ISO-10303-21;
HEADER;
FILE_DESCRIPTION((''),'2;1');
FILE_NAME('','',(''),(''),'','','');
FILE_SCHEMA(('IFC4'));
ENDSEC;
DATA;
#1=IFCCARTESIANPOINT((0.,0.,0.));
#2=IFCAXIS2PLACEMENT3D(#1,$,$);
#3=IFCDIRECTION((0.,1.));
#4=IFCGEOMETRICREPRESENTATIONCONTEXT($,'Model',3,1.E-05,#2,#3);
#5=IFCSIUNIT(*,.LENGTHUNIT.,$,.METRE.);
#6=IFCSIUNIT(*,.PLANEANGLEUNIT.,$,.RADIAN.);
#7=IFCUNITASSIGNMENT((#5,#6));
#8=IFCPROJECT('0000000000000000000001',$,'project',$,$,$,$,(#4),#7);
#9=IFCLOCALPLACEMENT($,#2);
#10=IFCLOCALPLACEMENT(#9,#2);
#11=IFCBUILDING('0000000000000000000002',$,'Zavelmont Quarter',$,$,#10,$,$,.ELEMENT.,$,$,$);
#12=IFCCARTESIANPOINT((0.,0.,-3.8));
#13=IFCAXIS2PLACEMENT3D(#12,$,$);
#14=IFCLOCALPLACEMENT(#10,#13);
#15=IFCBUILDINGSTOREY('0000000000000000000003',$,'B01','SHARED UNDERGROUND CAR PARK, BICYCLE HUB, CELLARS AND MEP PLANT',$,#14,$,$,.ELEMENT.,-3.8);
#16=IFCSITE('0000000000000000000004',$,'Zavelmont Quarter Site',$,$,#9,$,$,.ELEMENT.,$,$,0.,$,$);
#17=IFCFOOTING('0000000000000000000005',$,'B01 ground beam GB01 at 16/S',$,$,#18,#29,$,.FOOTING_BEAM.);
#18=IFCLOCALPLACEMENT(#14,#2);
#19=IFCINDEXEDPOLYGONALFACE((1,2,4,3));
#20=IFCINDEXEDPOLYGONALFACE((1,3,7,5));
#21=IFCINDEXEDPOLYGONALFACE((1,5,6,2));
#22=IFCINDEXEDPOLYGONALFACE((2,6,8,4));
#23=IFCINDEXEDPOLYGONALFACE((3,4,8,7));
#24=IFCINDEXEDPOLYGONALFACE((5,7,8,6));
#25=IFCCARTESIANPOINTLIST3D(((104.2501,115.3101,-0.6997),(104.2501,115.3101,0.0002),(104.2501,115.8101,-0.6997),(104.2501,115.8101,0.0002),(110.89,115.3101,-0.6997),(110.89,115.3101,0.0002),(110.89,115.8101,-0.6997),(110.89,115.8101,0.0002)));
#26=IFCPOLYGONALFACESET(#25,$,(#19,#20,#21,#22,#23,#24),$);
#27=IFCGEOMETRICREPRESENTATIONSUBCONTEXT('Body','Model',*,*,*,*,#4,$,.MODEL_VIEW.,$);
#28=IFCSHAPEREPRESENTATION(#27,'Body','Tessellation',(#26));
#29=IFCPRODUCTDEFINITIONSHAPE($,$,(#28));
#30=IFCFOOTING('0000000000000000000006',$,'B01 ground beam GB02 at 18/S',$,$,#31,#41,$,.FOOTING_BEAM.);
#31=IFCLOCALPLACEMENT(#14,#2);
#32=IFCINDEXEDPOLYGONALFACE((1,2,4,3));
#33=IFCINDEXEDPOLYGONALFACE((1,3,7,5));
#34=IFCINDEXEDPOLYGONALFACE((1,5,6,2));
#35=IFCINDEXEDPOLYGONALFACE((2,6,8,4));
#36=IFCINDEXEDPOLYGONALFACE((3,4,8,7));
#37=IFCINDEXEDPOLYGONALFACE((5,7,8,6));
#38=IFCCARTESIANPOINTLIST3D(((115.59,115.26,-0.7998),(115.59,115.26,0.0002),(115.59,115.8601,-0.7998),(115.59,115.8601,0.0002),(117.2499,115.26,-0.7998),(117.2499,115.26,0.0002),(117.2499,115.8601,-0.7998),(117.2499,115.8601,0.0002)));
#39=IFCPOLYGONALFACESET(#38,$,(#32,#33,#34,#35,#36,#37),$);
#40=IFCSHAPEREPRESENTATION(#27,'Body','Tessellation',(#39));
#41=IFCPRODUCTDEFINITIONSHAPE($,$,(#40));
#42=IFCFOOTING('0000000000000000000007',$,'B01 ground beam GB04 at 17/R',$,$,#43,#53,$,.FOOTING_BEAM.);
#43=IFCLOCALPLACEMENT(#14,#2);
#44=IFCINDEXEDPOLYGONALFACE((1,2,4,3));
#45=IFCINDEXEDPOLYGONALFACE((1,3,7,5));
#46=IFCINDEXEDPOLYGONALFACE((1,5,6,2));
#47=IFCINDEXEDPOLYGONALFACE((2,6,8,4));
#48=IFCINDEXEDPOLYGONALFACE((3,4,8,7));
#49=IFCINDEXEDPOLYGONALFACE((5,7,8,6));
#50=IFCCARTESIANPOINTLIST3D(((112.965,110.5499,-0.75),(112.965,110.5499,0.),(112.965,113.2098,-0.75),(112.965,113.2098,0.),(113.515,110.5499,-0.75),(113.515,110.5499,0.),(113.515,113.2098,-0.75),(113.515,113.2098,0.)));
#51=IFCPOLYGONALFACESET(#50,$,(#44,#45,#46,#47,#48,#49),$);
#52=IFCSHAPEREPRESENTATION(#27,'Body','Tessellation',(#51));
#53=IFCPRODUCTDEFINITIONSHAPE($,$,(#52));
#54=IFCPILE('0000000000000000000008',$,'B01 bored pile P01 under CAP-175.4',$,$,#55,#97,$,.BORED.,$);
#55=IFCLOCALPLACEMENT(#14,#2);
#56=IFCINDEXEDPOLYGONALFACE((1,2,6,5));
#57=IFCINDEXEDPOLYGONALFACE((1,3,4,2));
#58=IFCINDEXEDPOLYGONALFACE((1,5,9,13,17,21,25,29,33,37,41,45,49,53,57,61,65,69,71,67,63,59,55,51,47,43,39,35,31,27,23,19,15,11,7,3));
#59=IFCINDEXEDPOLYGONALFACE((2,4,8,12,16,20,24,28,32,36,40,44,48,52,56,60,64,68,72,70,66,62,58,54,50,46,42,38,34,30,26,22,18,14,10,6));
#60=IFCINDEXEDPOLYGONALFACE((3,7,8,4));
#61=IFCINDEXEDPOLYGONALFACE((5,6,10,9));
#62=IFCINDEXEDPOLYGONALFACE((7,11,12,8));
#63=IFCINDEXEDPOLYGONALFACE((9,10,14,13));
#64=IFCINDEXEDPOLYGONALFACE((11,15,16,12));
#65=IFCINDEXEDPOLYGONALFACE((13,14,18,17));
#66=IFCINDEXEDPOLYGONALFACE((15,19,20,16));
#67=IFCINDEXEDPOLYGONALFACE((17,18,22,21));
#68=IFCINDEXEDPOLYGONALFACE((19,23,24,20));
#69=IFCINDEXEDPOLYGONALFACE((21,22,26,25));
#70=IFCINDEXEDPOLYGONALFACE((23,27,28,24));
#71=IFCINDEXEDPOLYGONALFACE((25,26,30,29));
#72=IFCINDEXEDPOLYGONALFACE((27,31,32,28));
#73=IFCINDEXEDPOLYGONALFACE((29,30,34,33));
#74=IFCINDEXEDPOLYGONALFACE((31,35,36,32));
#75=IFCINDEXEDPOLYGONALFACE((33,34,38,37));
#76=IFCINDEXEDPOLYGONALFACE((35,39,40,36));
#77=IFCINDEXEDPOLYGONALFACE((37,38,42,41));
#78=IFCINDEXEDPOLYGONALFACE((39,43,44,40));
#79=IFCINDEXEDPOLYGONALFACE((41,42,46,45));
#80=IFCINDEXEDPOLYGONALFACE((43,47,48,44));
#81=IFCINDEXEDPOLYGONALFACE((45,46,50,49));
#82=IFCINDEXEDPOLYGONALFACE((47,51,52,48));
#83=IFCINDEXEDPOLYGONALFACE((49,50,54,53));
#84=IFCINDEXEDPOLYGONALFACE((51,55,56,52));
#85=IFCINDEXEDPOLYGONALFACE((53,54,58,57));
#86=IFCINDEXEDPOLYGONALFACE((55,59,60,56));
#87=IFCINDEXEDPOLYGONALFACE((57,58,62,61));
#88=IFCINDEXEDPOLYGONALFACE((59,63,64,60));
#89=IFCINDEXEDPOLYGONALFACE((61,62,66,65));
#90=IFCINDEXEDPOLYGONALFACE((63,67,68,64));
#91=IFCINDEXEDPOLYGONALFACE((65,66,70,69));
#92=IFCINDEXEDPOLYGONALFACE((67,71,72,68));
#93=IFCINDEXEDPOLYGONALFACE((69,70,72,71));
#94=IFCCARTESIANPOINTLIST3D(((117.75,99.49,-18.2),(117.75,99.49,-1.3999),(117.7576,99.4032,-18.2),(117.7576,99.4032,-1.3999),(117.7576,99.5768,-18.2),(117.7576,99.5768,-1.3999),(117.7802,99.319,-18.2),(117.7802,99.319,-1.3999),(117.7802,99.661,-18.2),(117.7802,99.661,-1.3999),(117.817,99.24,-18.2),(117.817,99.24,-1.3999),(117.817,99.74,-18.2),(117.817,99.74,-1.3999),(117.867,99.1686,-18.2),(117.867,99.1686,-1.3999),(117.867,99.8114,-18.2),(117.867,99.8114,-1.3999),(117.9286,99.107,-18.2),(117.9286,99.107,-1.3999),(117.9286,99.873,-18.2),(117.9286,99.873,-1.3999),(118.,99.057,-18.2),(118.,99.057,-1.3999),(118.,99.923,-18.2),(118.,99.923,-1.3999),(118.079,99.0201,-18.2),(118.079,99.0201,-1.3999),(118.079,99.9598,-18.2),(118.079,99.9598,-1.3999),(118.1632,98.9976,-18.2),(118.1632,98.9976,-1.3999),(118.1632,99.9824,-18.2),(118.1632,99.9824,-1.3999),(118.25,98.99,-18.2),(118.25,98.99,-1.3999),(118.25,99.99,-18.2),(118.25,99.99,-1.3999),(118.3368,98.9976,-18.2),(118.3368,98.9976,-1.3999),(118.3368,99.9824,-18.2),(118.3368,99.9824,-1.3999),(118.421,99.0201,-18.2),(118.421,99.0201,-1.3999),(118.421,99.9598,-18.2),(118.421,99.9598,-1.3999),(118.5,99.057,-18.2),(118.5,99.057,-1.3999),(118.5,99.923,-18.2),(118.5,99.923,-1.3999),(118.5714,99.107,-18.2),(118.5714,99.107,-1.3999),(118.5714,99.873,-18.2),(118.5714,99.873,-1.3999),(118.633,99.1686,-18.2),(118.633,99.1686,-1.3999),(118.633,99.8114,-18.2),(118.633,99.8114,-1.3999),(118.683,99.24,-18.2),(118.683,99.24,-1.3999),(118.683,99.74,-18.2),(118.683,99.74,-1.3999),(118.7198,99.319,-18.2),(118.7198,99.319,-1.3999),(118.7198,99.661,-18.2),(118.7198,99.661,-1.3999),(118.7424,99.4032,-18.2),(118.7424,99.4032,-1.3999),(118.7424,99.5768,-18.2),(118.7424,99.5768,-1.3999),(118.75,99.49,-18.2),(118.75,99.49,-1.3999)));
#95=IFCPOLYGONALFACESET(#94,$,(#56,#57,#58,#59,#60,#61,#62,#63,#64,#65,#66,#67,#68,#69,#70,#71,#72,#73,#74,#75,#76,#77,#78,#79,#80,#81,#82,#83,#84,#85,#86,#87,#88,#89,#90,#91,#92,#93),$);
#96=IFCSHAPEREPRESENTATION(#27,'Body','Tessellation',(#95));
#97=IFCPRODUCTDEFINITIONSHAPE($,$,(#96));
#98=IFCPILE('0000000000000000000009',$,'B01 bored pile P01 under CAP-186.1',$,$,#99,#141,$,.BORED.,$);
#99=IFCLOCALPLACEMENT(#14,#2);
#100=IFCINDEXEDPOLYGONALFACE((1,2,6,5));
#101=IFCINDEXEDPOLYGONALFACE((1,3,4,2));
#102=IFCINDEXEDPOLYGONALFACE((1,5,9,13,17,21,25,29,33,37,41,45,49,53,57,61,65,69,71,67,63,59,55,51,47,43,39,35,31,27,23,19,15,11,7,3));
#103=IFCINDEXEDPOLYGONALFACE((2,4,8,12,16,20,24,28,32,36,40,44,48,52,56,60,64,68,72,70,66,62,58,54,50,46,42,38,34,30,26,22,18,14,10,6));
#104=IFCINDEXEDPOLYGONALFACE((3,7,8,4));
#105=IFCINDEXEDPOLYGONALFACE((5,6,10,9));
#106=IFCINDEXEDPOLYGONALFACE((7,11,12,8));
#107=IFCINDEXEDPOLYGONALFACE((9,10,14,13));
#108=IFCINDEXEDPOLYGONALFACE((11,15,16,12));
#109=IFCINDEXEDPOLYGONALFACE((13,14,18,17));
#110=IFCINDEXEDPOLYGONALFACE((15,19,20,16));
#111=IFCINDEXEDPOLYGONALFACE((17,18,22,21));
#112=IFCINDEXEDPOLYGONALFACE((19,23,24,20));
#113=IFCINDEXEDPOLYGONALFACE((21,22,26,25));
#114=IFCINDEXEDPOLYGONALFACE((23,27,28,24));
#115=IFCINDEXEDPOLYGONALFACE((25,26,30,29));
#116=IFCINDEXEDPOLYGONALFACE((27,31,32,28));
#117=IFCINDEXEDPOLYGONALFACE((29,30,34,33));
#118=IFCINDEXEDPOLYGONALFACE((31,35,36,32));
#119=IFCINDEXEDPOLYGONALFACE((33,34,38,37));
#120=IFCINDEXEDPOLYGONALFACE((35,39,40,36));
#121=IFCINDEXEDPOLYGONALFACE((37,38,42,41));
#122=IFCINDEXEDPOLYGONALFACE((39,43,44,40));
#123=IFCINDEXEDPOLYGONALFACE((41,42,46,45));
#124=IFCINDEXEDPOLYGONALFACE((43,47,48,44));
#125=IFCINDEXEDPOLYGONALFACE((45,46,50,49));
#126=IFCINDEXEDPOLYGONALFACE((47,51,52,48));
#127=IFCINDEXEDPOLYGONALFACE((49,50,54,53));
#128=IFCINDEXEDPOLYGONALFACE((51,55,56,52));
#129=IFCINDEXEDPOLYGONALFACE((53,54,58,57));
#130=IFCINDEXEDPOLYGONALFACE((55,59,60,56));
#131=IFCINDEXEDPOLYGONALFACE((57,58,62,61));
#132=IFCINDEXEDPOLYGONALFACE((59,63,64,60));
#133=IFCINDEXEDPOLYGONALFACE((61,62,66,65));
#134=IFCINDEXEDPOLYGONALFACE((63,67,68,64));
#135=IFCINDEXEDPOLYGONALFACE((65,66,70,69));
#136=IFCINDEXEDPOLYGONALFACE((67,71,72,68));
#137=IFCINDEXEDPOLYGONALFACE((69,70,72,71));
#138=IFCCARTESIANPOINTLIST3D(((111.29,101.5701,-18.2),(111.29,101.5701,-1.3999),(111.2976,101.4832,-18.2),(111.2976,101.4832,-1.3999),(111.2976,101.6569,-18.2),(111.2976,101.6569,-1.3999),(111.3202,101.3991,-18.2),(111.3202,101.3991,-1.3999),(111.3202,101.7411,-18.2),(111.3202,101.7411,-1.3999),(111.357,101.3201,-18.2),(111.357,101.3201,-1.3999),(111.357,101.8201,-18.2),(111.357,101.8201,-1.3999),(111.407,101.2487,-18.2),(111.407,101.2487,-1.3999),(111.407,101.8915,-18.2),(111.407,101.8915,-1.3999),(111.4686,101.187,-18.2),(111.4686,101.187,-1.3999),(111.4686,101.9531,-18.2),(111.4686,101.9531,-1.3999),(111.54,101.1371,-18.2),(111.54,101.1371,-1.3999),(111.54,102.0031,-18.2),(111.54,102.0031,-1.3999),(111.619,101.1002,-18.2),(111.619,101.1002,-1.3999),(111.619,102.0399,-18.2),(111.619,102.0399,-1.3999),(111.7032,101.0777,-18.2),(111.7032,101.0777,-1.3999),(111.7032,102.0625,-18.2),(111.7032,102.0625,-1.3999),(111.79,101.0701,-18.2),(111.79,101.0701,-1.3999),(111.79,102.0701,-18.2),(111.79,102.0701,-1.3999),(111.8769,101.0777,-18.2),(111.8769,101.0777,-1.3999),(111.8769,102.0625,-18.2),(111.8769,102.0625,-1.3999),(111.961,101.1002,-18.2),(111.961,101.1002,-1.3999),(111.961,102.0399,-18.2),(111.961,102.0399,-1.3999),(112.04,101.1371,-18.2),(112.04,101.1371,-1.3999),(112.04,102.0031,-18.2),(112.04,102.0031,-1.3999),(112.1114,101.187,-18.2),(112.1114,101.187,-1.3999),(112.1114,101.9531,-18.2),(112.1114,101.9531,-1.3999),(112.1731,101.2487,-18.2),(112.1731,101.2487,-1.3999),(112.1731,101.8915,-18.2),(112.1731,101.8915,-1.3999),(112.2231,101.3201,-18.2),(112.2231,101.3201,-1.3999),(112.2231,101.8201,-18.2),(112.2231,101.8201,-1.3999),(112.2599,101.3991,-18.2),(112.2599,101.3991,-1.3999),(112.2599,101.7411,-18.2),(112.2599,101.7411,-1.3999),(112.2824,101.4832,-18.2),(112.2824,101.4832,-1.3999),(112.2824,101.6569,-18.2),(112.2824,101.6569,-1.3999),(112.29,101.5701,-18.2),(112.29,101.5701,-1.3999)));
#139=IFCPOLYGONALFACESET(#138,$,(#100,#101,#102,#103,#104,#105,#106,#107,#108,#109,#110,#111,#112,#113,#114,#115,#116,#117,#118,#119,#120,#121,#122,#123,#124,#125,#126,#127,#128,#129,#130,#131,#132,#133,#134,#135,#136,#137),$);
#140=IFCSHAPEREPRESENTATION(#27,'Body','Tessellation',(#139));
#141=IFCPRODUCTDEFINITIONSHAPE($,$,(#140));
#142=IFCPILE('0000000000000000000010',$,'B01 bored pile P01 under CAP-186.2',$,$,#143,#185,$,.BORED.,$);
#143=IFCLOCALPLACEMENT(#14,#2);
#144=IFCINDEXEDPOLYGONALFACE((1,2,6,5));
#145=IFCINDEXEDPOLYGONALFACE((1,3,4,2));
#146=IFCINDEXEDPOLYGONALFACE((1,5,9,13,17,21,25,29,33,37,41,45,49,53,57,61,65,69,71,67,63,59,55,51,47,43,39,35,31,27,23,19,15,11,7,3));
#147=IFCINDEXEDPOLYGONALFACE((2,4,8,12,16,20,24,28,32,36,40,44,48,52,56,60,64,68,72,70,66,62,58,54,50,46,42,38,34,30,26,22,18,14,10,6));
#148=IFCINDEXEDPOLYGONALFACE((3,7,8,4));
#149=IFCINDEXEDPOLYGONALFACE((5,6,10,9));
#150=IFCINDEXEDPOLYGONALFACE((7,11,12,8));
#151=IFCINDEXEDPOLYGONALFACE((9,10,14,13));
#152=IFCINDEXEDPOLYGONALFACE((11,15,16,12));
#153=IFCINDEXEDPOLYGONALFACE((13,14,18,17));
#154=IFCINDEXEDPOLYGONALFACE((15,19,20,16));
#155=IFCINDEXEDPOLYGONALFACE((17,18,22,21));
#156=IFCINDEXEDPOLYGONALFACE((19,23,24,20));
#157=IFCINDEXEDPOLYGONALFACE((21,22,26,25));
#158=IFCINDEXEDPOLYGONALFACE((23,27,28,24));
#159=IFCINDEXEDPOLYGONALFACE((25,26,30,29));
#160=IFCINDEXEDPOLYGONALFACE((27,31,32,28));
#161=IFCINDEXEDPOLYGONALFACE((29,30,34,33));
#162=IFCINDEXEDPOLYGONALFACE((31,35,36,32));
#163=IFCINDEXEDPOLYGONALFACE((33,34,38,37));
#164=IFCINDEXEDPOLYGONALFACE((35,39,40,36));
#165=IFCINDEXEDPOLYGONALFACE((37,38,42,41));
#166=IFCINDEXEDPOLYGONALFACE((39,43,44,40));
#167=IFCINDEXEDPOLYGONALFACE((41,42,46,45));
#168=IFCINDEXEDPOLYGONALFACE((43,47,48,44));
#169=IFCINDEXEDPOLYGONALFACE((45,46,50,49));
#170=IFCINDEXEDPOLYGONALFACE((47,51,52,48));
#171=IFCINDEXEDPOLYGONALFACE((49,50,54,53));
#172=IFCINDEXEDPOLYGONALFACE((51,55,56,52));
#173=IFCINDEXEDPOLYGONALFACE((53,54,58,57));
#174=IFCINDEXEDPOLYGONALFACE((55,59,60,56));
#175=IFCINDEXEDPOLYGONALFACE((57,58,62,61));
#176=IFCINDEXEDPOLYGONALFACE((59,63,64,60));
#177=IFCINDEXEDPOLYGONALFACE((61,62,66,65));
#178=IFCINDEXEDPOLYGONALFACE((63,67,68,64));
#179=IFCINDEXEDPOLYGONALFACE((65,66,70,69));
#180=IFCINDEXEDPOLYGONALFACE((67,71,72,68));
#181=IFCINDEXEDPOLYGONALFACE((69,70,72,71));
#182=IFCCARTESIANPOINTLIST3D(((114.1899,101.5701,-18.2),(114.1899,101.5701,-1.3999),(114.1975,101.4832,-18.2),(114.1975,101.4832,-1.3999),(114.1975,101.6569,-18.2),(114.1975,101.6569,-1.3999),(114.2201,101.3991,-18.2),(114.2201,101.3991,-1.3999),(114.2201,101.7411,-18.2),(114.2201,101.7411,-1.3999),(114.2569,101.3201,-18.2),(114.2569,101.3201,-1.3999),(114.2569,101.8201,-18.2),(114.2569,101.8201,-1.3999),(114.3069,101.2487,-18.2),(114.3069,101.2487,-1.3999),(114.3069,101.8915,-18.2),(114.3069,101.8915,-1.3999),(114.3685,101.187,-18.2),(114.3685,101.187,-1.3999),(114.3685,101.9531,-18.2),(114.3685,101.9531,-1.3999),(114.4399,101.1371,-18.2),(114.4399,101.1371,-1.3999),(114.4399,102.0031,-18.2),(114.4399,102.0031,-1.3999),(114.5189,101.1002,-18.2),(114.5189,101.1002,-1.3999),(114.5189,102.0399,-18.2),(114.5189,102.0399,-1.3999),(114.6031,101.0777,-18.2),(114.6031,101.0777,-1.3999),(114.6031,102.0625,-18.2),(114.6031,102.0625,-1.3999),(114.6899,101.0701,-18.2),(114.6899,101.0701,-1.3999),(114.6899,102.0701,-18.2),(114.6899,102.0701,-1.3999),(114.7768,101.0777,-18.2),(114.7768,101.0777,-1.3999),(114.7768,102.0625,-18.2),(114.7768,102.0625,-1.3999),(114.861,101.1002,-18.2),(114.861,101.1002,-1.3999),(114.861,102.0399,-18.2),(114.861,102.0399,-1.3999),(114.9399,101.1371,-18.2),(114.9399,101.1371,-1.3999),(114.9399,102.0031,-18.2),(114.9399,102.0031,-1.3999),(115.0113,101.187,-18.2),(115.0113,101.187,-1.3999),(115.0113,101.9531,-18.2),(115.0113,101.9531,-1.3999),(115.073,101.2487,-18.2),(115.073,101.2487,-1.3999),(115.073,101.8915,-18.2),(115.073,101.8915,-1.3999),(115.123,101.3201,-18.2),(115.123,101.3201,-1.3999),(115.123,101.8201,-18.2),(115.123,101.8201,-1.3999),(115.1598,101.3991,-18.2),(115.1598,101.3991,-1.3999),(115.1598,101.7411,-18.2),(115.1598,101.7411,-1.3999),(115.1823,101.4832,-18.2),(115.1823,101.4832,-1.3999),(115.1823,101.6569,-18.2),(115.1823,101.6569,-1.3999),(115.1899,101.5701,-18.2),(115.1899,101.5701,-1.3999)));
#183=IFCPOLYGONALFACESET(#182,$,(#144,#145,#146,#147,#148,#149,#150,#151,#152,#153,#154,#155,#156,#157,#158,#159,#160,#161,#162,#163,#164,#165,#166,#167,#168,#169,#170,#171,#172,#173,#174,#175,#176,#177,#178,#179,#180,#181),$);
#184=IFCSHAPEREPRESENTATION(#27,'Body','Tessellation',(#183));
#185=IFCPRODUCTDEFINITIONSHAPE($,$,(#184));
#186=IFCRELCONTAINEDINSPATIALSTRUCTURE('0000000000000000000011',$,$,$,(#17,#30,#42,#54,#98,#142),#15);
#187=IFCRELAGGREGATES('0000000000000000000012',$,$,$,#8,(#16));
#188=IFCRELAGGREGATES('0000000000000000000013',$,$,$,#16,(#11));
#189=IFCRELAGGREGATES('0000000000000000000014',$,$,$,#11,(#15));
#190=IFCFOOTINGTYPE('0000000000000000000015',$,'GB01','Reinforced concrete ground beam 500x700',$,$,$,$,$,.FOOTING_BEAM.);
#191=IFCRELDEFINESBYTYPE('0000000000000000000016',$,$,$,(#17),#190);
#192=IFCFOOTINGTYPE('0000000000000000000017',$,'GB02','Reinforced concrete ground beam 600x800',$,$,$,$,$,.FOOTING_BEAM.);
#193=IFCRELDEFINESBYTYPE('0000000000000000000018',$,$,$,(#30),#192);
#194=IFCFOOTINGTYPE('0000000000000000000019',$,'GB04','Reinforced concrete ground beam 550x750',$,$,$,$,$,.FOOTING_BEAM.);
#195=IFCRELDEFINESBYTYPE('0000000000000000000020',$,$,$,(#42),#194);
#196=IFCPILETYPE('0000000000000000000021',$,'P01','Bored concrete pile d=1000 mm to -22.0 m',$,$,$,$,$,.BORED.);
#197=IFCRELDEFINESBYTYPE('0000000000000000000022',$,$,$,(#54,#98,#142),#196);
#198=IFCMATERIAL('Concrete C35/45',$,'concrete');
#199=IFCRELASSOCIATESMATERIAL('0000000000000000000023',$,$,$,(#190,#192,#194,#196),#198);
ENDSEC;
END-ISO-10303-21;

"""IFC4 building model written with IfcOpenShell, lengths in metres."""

from ifc_helpers import new_model, si_unit, direction, frame, origin, origin_2d, place, context, subcontext, project, spatial, rectangle, circle, extrude, material, material_profile, profile_set, type_object, element, save


model = new_model("IFC4")

# Units and contexts
model_context = context("Model", 3, precision=1e-05, world=origin(), true_north=direction((0.0, 1.0)))
body_context = subcontext(model_context, "Body", "Model", "MODEL_VIEW")
ifc_project = project(units=[si_unit("LENGTHUNIT", "METRE"), si_unit("PLANEANGLEUNIT", "RADIAN")], contexts=[model_context])

# Site, building, storey
site_placement = place(None, origin())
site = spatial("IfcSite", under=ifc_project, at=site_placement, Name="Zavelmont Quarter Site", CompositionType="ELEMENT", RefElevation=0.0)
building_placement = place(site_placement, origin())
building = spatial("IfcBuilding", under=site, at=building_placement, Name="Zavelmont Quarter", CompositionType="ELEMENT")
storey_placement = place(building_placement, frame((0.0, 0.0, -3.8)))
storey = spatial("IfcBuildingStorey", under=building, at=storey_placement, Name="B01", Description="SHARED UNDERGROUND CAR PARK, BICYCLE HUB, CELLARS AND MEP PLANT", CompositionType="ELEMENT", Elevation=-3.8)

# Footings
ifc_material_1 = material(Name="Concrete C35/45", Category="concrete")
footing_type_1 = type_object("IfcFootingType", Name="GB01", Description="Reinforced concrete ground beam 500x700", PredefinedType="FOOTING_BEAM", material=ifc_material_1)
footing_1_placement = place(storey_placement, frame((107.5701, 115.5601, -0.6997), z_axis=(0.0, 0.0, 1.0), x_axis=(1.0, 0.0, 0.0)))
element("IfcFooting", 1, at=footing_1_placement, inside=storey, type_object=footing_type_1, Name="B01 ground beam GB01 at 16/S", PredefinedType="FOOTING_BEAM", context=body_context, shape_type="SweptSolid", body=[
    extrude(rectangle(XDim=6.6399, YDim=0.5, at=origin_2d()), origin(), (0.0, 0.0, 1.0), 0.7),
])
footing_type_2 = type_object("IfcFootingType", Name="GB02", Description="Reinforced concrete ground beam 600x800", PredefinedType="FOOTING_BEAM", material=ifc_material_1)
footing_2_placement = place(storey_placement, frame((116.4199, 115.5601, -0.7998), z_axis=(0.0, 0.0, 1.0), x_axis=(1.0, 0.0, 0.0)))
element("IfcFooting", 2, at=footing_2_placement, inside=storey, type_object=footing_type_2, Name="B01 ground beam GB02 at 18/S", PredefinedType="FOOTING_BEAM", context=body_context, shape_type="SweptSolid", body=[
    extrude(rectangle(XDim=1.6599, YDim=0.6001, at=origin_2d()), origin(), (0.0, 0.0, 1.0), 0.8),
])
footing_type_3 = type_object("IfcFootingType", Name="GB04", Description="Reinforced concrete ground beam 550x750", PredefinedType="FOOTING_BEAM", material=ifc_material_1)
footing_3_placement = place(storey_placement, frame((113.24, 111.8799, -0.75), z_axis=(0.0, 0.0, 1.0), x_axis=(0.0, 1.0, 0.0)))
element("IfcFooting", 3, at=footing_3_placement, inside=storey, type_object=footing_type_3, Name="B01 ground beam GB04 at 17/R", PredefinedType="FOOTING_BEAM", context=body_context, shape_type="SweptSolid", body=[
    extrude(rectangle(XDim=2.6599, YDim=0.55, at=origin_2d()), origin(), (0.0, 0.0, 1.0), 0.75),
])

# Piles
ifc_material_profile_1 = material_profile(ifc_material_1, circle(Radius=0.5, at=origin_2d()), Name="BP1000")
ifc_profile_set_1 = profile_set([ifc_material_profile_1], Name="Concrete C35/45")
pile_type_1 = type_object("IfcPileType", Name="P01", Description="Bored concrete pile d=1000 mm to -22.0 m", PredefinedType="BORED", material=ifc_profile_set_1)
for number, where, z_axis, x_axis, name in (
    (4, (118.25, 99.49, -1.3999), (0.0, 0.0, -1.0), (1.0, 0.0, 0.0), "B01 bored pile P01 under CAP-175.4"),
    (5, (111.79, 101.5701, -1.3999), (0.0, 0.0, -1.0), (1.0, 0.0, 0.0), "B01 bored pile P01 under CAP-186.1"),
    (6, (114.6899, 101.5701, -1.3999), (0.0, 0.0, -1.0), (1.0, 0.0, 0.0), "B01 bored pile P01 under CAP-186.2"),
):
    element("IfcPile", number, at=place(storey_placement, frame(where, z_axis=z_axis, x_axis=x_axis)), inside=storey, type_object=pile_type_1, Name=name, PredefinedType="BORED", context=body_context, shape_type="SweptSolid", body=[
        extrude(circle(Radius=0.5, at=origin_2d()), origin(), (0.0, 0.0, 1.0), 16.8),
    ])

save(model, "model.ifc")
